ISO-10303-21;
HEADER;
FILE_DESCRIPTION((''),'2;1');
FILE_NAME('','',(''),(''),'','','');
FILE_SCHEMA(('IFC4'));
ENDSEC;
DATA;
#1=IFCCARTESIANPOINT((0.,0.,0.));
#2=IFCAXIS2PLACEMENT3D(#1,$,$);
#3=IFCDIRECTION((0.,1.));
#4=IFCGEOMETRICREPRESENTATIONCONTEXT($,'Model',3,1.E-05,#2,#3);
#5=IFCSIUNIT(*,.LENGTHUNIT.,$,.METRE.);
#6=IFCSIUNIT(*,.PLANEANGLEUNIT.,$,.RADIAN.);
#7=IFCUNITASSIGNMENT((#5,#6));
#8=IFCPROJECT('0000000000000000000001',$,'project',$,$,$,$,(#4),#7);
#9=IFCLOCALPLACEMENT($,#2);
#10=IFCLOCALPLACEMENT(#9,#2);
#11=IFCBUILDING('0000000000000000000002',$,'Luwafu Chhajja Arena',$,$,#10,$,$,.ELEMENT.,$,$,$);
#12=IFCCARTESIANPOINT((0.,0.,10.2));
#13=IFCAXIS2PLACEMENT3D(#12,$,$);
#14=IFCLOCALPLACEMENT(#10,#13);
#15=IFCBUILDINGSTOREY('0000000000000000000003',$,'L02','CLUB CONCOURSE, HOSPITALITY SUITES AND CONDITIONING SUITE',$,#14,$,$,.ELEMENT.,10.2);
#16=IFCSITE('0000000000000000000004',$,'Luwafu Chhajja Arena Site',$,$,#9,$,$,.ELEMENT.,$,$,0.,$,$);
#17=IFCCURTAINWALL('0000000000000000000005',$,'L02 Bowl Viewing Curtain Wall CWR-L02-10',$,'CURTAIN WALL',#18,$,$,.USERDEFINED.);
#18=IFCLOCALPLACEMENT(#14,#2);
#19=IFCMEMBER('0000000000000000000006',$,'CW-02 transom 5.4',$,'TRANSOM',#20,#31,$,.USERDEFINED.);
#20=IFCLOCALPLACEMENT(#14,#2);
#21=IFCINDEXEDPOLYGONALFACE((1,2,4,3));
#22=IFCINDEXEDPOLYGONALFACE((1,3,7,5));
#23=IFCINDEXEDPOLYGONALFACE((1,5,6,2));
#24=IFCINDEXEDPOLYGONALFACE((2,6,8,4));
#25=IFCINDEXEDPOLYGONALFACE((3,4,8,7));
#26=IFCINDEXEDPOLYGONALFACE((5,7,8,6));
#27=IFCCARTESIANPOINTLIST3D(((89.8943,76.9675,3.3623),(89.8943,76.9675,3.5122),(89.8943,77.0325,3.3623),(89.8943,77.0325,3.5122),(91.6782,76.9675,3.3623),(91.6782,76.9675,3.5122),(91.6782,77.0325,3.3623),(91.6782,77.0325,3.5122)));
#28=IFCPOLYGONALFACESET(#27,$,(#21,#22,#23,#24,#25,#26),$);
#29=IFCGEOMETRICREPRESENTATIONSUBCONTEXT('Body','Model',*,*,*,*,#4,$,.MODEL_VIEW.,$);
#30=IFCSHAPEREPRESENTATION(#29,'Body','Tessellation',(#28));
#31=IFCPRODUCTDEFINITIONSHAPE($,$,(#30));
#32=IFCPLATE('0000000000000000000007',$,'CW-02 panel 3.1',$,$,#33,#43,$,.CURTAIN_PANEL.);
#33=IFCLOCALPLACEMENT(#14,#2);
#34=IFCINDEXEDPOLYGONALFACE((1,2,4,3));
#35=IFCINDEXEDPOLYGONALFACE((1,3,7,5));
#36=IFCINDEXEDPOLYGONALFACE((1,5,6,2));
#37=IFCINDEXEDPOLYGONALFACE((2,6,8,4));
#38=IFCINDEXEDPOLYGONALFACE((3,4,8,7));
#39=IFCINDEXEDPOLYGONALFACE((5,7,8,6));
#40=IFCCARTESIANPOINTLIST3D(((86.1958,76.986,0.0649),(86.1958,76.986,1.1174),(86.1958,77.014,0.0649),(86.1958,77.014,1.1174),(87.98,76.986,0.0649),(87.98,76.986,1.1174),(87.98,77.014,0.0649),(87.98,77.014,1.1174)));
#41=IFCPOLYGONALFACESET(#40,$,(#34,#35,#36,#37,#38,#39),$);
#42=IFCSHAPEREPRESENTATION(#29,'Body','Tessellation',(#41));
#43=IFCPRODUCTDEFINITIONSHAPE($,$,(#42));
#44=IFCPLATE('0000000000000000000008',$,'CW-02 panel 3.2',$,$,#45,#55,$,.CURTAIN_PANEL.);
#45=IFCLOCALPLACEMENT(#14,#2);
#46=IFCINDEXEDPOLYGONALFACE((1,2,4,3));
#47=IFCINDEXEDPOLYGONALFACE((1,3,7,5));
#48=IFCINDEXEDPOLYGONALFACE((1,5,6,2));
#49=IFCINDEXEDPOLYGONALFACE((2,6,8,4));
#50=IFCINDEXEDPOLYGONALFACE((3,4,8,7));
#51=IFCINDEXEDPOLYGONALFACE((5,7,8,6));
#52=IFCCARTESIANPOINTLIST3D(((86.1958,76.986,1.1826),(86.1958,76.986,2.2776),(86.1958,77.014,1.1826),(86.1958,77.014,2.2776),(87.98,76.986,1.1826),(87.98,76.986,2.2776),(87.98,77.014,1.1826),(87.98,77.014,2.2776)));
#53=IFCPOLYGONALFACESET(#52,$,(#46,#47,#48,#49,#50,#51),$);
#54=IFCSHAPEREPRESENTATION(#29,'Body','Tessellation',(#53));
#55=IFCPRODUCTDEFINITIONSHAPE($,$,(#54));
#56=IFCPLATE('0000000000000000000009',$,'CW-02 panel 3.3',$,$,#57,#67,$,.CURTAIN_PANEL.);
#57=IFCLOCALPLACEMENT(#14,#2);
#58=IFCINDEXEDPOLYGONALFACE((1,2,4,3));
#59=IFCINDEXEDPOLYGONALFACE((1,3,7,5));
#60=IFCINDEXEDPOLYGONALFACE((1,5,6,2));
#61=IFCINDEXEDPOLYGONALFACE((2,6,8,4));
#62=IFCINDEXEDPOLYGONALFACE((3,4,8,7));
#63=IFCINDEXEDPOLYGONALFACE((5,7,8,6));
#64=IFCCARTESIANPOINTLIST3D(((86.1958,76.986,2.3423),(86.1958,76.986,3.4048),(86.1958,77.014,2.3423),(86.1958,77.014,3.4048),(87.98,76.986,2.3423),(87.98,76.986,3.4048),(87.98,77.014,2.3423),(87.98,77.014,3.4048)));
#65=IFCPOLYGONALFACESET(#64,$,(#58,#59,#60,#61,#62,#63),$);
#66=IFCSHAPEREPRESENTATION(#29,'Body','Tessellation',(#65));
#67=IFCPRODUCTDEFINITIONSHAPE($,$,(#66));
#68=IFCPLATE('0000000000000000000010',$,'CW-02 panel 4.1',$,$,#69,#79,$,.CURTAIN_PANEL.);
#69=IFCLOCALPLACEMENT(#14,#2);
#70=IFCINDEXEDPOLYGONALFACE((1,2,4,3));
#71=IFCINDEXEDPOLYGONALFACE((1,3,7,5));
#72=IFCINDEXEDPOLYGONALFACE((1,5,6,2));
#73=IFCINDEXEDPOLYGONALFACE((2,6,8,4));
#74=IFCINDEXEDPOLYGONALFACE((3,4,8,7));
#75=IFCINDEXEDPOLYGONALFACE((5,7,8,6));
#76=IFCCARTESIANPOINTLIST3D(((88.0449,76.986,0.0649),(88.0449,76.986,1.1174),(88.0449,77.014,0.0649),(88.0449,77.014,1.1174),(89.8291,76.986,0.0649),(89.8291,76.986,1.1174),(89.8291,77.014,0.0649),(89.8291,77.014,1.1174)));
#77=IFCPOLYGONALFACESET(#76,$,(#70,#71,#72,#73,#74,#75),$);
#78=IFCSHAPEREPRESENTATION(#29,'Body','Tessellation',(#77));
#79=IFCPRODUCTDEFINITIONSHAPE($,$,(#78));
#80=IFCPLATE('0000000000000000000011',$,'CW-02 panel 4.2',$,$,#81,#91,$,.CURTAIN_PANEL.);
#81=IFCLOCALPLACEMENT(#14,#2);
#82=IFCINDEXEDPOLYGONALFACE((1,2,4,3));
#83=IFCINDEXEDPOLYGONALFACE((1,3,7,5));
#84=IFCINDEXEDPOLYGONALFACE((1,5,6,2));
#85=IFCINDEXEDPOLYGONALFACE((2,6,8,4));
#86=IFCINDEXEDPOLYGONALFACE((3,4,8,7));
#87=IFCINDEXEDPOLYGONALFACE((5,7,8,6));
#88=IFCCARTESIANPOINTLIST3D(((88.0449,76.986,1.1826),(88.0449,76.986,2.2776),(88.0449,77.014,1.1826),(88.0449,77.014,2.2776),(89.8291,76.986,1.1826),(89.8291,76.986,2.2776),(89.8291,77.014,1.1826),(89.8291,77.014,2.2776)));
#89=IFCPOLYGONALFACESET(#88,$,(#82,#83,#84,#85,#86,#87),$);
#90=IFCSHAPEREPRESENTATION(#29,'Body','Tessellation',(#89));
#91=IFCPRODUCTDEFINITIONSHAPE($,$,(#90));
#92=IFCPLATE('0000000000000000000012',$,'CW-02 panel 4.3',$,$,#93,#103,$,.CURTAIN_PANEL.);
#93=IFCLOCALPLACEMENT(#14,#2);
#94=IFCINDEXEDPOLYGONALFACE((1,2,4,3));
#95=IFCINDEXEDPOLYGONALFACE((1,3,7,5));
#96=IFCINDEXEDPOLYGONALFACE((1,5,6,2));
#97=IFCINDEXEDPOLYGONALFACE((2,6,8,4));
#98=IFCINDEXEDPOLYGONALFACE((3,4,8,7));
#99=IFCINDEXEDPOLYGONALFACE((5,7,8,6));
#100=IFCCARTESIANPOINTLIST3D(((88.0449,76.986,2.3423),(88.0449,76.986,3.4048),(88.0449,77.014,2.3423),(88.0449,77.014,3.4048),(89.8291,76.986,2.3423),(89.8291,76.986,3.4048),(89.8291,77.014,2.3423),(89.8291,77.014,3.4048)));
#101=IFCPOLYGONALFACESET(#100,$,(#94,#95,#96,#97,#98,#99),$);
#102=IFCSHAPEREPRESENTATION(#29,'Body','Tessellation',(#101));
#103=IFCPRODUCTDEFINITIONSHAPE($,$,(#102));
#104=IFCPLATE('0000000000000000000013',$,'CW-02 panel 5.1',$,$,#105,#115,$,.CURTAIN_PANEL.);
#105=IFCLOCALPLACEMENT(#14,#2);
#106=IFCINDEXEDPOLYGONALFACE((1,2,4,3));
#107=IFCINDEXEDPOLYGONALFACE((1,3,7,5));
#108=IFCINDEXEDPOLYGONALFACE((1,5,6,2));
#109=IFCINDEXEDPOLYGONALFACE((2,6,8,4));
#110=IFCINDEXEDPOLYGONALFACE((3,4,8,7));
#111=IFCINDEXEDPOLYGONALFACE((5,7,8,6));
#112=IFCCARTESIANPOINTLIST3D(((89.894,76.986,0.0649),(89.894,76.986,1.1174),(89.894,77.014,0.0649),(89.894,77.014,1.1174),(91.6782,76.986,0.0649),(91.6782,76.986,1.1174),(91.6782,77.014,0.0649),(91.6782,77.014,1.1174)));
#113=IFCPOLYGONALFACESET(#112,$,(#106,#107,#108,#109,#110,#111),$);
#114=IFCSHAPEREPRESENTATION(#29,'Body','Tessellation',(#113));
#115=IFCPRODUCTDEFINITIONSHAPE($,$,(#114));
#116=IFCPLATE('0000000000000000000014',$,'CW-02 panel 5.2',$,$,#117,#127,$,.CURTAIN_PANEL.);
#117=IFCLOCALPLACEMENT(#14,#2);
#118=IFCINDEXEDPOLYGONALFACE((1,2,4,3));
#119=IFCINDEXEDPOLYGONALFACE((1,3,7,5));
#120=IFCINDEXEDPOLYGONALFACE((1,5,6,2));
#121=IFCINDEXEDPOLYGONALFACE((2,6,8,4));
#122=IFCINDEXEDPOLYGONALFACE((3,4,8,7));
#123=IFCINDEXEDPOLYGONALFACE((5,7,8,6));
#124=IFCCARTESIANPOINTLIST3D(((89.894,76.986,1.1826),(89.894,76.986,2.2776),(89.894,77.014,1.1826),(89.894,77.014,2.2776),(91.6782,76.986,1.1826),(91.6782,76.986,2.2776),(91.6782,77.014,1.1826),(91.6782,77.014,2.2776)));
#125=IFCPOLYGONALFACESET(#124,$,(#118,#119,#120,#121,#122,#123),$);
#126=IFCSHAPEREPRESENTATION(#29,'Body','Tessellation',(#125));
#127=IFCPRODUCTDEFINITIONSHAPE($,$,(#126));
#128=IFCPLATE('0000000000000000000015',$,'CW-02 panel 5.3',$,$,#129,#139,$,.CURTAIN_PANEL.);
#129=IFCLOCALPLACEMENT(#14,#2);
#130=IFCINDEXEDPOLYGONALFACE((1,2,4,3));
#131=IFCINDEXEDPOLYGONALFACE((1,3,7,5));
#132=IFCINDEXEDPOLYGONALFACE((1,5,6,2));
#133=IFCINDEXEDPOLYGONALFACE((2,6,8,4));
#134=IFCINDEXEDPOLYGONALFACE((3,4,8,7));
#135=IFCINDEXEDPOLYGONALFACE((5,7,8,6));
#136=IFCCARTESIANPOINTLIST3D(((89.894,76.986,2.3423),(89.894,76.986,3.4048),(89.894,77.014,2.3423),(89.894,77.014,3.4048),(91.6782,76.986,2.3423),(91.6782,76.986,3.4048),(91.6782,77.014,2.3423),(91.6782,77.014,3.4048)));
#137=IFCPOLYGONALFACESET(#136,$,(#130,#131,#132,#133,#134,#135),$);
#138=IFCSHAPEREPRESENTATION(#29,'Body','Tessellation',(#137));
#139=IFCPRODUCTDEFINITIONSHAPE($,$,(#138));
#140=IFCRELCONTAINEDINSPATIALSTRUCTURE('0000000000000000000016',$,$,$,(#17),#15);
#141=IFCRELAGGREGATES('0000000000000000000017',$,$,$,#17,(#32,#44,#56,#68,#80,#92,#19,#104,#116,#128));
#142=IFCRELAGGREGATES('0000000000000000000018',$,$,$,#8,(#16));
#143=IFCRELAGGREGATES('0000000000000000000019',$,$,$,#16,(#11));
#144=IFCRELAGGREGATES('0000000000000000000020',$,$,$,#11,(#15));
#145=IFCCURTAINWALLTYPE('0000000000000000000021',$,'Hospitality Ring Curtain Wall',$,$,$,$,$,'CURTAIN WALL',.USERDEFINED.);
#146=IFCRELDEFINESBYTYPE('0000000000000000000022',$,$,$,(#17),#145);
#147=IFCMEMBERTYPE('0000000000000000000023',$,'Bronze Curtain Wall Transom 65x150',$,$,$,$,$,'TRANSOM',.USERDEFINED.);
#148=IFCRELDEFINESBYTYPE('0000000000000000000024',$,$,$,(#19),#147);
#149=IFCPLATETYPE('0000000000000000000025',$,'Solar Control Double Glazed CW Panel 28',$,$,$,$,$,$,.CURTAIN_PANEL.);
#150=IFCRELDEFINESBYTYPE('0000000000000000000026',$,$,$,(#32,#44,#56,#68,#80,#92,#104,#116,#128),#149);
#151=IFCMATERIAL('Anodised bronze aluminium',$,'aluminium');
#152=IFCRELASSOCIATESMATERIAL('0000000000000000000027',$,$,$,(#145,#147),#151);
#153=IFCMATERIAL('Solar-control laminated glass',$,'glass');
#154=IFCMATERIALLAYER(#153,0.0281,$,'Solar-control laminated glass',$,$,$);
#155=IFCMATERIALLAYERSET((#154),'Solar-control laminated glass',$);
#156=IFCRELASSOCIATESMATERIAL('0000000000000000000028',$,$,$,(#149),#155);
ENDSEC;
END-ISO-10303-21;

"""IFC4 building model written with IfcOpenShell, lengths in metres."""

from ifc_helpers import new_model, si_unit, direction, frame, origin, origin_2d, place, context, subcontext, project, spatial, rectangle, extrude, material, layer, layer_set, material_profile, profile_set, type_object, element, aggregate, save


model = new_model("IFC4")

# Units and contexts
model_context = context("Model", 3, precision=1e-05, world=origin(), true_north=direction((0.0, 1.0)))
body_context = subcontext(model_context, "Body", "Model", "MODEL_VIEW")
ifc_project = project(units=[si_unit("LENGTHUNIT", "METRE"), si_unit("PLANEANGLEUNIT", "RADIAN")], contexts=[model_context])

# Site, building, storey
site_placement = place(None, origin())
site = spatial("IfcSite", under=ifc_project, at=site_placement, Name="Luwafu Chhajja Arena Site", CompositionType="ELEMENT", RefElevation=0.0)
building_placement = place(site_placement, origin())
building = spatial("IfcBuilding", under=site, at=building_placement, Name="Luwafu Chhajja Arena", CompositionType="ELEMENT")
storey_placement = place(building_placement, frame((0.0, 0.0, 10.2)))
storey = spatial("IfcBuildingStorey", under=building, at=storey_placement, Name="L02", Description="CLUB CONCOURSE, HOSPITALITY SUITES AND CONDITIONING SUITE", CompositionType="ELEMENT", Elevation=10.2)

# Curtain wall, member, plates
ifc_material_1 = material(Name="Anodised bronze aluminium", Category="aluminium")
curtain_wall_type = type_object("IfcCurtainWallType", Name="Hospitality Ring Curtain Wall", ElementType="CURTAIN WALL", PredefinedType="USERDEFINED", material=ifc_material_1)
curtain_wall_placement = place(storey_placement, origin())
curtain_wall = element("IfcCurtainWall", 1, at=curtain_wall_placement, inside=storey, type_object=curtain_wall_type, Name="L02 Bowl Viewing Curtain Wall CWR-L02-10", ObjectType="CURTAIN WALL", PredefinedType="USERDEFINED")
ifc_material_profile_1 = material_profile(ifc_material_1, rectangle(XDim=0.0649, YDim=0.1499, at=origin_2d()), Name="CWT 65x150")
ifc_profile_set_1 = profile_set([ifc_material_profile_1], Name="Anodised bronze aluminium")
member_type_1 = type_object("IfcMemberType", Name="Bronze Curtain Wall Transom 65x150", ElementType="TRANSOM", PredefinedType="USERDEFINED", material=ifc_profile_set_1)
member_1_placement = place(storey_placement, frame((89.8943, 77.0, 3.4373), z_axis=(1.0, 0.0, 0.0), x_axis=(0.0, 1.0, 0.0)))
member_1 = element("IfcMember", 2, at=member_1_placement, type_object=member_type_1, Name="CW-02 transom 5.4", ObjectType="TRANSOM", PredefinedType="USERDEFINED", context=body_context, shape_type="SweptSolid", body=[
    extrude(rectangle(XDim=0.0649, YDim=0.1499, at=origin_2d()), origin(), (0.0, 0.0, 1.0), 1.7839),
])
ifc_material_2 = material(Name="Solar-control laminated glass", Category="glass")
ifc_layer = layer(ifc_material_2, 0.0281, Name="Solar-control laminated glass")
ifc_layer_set = layer_set([ifc_layer], Name="Solar-control laminated glass")
plate_type = type_object("IfcPlateType", Name="Solar Control Double Glazed CW Panel 28", PredefinedType="CURTAIN_PANEL", material=ifc_layer_set)
plate_1_placement = place(storey_placement, frame((87.0879, 77.0, 0.0649), z_axis=(0.0, 0.0, 1.0), x_axis=(1.0, 0.0, 0.0)))
plate_1 = element("IfcPlate", 3, at=plate_1_placement, type_object=plate_type, Name="CW-02 panel 3.1", PredefinedType="CURTAIN_PANEL", context=body_context, shape_type="SweptSolid", body=[
    extrude(rectangle(XDim=1.7842, YDim=0.0281, at=origin_2d()), origin(), (0.0, 0.0, 1.0), 1.0525),
])
plate_2_placement = place(storey_placement, frame((87.0879, 77.0, 1.1826), z_axis=(0.0, 0.0, 1.0), x_axis=(1.0, 0.0, 0.0)))
plate_2 = element("IfcPlate", 4, at=plate_2_placement, type_object=plate_type, Name="CW-02 panel 3.2", PredefinedType="CURTAIN_PANEL", context=body_context, shape_type="SweptSolid", body=[
    extrude(rectangle(XDim=1.7842, YDim=0.0281, at=origin_2d()), origin(), (0.0, 0.0, 1.0), 1.095),
])
plate_3_placement = place(storey_placement, frame((87.0879, 77.0, 2.3423), z_axis=(0.0, 0.0, 1.0), x_axis=(1.0, 0.0, 0.0)))
plate_3 = element("IfcPlate", 5, at=plate_3_placement, type_object=plate_type, Name="CW-02 panel 3.3", PredefinedType="CURTAIN_PANEL", context=body_context, shape_type="SweptSolid", body=[
    extrude(rectangle(XDim=1.7842, YDim=0.0281, at=origin_2d()), origin(), (0.0, 0.0, 1.0), 1.0625),
])
plate_4_placement = place(storey_placement, frame((88.937, 77.0, 0.0649), z_axis=(0.0, 0.0, 1.0), x_axis=(1.0, 0.0, 0.0)))
plate_4 = element("IfcPlate", 6, at=plate_4_placement, type_object=plate_type, Name="CW-02 panel 4.1", PredefinedType="CURTAIN_PANEL", context=body_context, shape_type="SweptSolid", body=[
    extrude(rectangle(XDim=1.7842, YDim=0.0281, at=origin_2d()), origin(), (0.0, 0.0, 1.0), 1.0525),
])
plate_5_placement = place(storey_placement, frame((88.937, 77.0, 1.1826), z_axis=(0.0, 0.0, 1.0), x_axis=(1.0, 0.0, 0.0)))
plate_5 = element("IfcPlate", 7, at=plate_5_placement, type_object=plate_type, Name="CW-02 panel 4.2", PredefinedType="CURTAIN_PANEL", context=body_context, shape_type="SweptSolid", body=[
    extrude(rectangle(XDim=1.7842, YDim=0.0281, at=origin_2d()), origin(), (0.0, 0.0, 1.0), 1.095),
])
plate_6_placement = place(storey_placement, frame((88.937, 77.0, 2.3423), z_axis=(0.0, 0.0, 1.0), x_axis=(1.0, 0.0, 0.0)))
plate_6 = element("IfcPlate", 8, at=plate_6_placement, type_object=plate_type, Name="CW-02 panel 4.3", PredefinedType="CURTAIN_PANEL", context=body_context, shape_type="SweptSolid", body=[
    extrude(rectangle(XDim=1.7842, YDim=0.0281, at=origin_2d()), origin(), (0.0, 0.0, 1.0), 1.0625),
])
plate_7_placement = place(storey_placement, frame((90.7861, 77.0, 0.0649), z_axis=(0.0, 0.0, 1.0), x_axis=(1.0, 0.0, 0.0)))
plate_7 = element("IfcPlate", 9, at=plate_7_placement, type_object=plate_type, Name="CW-02 panel 5.1", PredefinedType="CURTAIN_PANEL", context=body_context, shape_type="SweptSolid", body=[
    extrude(rectangle(XDim=1.7842, YDim=0.0281, at=origin_2d()), origin(), (0.0, 0.0, 1.0), 1.0525),
])
plate_8_placement = place(storey_placement, frame((90.7861, 77.0, 1.1826), z_axis=(0.0, 0.0, 1.0), x_axis=(1.0, 0.0, 0.0)))
plate_8 = element("IfcPlate", 10, at=plate_8_placement, type_object=plate_type, Name="CW-02 panel 5.2", PredefinedType="CURTAIN_PANEL", context=body_context, shape_type="SweptSolid", body=[
    extrude(rectangle(XDim=1.7842, YDim=0.0281, at=origin_2d()), origin(), (0.0, 0.0, 1.0), 1.095),
])
plate_9_placement = place(storey_placement, frame((90.7861, 77.0, 2.3423), z_axis=(0.0, 0.0, 1.0), x_axis=(1.0, 0.0, 0.0)))
plate_9 = element("IfcPlate", 11, at=plate_9_placement, type_object=plate_type, Name="CW-02 panel 5.3", PredefinedType="CURTAIN_PANEL", context=body_context, shape_type="SweptSolid", body=[
    extrude(rectangle(XDim=1.7842, YDim=0.0281, at=origin_2d()), origin(), (0.0, 0.0, 1.0), 1.0625),
])
aggregate(curtain_wall, [plate_1, plate_2, plate_3, plate_4, plate_5, plate_6, member_1, plate_7, plate_8, plate_9])

save(model, "model.ifc")
